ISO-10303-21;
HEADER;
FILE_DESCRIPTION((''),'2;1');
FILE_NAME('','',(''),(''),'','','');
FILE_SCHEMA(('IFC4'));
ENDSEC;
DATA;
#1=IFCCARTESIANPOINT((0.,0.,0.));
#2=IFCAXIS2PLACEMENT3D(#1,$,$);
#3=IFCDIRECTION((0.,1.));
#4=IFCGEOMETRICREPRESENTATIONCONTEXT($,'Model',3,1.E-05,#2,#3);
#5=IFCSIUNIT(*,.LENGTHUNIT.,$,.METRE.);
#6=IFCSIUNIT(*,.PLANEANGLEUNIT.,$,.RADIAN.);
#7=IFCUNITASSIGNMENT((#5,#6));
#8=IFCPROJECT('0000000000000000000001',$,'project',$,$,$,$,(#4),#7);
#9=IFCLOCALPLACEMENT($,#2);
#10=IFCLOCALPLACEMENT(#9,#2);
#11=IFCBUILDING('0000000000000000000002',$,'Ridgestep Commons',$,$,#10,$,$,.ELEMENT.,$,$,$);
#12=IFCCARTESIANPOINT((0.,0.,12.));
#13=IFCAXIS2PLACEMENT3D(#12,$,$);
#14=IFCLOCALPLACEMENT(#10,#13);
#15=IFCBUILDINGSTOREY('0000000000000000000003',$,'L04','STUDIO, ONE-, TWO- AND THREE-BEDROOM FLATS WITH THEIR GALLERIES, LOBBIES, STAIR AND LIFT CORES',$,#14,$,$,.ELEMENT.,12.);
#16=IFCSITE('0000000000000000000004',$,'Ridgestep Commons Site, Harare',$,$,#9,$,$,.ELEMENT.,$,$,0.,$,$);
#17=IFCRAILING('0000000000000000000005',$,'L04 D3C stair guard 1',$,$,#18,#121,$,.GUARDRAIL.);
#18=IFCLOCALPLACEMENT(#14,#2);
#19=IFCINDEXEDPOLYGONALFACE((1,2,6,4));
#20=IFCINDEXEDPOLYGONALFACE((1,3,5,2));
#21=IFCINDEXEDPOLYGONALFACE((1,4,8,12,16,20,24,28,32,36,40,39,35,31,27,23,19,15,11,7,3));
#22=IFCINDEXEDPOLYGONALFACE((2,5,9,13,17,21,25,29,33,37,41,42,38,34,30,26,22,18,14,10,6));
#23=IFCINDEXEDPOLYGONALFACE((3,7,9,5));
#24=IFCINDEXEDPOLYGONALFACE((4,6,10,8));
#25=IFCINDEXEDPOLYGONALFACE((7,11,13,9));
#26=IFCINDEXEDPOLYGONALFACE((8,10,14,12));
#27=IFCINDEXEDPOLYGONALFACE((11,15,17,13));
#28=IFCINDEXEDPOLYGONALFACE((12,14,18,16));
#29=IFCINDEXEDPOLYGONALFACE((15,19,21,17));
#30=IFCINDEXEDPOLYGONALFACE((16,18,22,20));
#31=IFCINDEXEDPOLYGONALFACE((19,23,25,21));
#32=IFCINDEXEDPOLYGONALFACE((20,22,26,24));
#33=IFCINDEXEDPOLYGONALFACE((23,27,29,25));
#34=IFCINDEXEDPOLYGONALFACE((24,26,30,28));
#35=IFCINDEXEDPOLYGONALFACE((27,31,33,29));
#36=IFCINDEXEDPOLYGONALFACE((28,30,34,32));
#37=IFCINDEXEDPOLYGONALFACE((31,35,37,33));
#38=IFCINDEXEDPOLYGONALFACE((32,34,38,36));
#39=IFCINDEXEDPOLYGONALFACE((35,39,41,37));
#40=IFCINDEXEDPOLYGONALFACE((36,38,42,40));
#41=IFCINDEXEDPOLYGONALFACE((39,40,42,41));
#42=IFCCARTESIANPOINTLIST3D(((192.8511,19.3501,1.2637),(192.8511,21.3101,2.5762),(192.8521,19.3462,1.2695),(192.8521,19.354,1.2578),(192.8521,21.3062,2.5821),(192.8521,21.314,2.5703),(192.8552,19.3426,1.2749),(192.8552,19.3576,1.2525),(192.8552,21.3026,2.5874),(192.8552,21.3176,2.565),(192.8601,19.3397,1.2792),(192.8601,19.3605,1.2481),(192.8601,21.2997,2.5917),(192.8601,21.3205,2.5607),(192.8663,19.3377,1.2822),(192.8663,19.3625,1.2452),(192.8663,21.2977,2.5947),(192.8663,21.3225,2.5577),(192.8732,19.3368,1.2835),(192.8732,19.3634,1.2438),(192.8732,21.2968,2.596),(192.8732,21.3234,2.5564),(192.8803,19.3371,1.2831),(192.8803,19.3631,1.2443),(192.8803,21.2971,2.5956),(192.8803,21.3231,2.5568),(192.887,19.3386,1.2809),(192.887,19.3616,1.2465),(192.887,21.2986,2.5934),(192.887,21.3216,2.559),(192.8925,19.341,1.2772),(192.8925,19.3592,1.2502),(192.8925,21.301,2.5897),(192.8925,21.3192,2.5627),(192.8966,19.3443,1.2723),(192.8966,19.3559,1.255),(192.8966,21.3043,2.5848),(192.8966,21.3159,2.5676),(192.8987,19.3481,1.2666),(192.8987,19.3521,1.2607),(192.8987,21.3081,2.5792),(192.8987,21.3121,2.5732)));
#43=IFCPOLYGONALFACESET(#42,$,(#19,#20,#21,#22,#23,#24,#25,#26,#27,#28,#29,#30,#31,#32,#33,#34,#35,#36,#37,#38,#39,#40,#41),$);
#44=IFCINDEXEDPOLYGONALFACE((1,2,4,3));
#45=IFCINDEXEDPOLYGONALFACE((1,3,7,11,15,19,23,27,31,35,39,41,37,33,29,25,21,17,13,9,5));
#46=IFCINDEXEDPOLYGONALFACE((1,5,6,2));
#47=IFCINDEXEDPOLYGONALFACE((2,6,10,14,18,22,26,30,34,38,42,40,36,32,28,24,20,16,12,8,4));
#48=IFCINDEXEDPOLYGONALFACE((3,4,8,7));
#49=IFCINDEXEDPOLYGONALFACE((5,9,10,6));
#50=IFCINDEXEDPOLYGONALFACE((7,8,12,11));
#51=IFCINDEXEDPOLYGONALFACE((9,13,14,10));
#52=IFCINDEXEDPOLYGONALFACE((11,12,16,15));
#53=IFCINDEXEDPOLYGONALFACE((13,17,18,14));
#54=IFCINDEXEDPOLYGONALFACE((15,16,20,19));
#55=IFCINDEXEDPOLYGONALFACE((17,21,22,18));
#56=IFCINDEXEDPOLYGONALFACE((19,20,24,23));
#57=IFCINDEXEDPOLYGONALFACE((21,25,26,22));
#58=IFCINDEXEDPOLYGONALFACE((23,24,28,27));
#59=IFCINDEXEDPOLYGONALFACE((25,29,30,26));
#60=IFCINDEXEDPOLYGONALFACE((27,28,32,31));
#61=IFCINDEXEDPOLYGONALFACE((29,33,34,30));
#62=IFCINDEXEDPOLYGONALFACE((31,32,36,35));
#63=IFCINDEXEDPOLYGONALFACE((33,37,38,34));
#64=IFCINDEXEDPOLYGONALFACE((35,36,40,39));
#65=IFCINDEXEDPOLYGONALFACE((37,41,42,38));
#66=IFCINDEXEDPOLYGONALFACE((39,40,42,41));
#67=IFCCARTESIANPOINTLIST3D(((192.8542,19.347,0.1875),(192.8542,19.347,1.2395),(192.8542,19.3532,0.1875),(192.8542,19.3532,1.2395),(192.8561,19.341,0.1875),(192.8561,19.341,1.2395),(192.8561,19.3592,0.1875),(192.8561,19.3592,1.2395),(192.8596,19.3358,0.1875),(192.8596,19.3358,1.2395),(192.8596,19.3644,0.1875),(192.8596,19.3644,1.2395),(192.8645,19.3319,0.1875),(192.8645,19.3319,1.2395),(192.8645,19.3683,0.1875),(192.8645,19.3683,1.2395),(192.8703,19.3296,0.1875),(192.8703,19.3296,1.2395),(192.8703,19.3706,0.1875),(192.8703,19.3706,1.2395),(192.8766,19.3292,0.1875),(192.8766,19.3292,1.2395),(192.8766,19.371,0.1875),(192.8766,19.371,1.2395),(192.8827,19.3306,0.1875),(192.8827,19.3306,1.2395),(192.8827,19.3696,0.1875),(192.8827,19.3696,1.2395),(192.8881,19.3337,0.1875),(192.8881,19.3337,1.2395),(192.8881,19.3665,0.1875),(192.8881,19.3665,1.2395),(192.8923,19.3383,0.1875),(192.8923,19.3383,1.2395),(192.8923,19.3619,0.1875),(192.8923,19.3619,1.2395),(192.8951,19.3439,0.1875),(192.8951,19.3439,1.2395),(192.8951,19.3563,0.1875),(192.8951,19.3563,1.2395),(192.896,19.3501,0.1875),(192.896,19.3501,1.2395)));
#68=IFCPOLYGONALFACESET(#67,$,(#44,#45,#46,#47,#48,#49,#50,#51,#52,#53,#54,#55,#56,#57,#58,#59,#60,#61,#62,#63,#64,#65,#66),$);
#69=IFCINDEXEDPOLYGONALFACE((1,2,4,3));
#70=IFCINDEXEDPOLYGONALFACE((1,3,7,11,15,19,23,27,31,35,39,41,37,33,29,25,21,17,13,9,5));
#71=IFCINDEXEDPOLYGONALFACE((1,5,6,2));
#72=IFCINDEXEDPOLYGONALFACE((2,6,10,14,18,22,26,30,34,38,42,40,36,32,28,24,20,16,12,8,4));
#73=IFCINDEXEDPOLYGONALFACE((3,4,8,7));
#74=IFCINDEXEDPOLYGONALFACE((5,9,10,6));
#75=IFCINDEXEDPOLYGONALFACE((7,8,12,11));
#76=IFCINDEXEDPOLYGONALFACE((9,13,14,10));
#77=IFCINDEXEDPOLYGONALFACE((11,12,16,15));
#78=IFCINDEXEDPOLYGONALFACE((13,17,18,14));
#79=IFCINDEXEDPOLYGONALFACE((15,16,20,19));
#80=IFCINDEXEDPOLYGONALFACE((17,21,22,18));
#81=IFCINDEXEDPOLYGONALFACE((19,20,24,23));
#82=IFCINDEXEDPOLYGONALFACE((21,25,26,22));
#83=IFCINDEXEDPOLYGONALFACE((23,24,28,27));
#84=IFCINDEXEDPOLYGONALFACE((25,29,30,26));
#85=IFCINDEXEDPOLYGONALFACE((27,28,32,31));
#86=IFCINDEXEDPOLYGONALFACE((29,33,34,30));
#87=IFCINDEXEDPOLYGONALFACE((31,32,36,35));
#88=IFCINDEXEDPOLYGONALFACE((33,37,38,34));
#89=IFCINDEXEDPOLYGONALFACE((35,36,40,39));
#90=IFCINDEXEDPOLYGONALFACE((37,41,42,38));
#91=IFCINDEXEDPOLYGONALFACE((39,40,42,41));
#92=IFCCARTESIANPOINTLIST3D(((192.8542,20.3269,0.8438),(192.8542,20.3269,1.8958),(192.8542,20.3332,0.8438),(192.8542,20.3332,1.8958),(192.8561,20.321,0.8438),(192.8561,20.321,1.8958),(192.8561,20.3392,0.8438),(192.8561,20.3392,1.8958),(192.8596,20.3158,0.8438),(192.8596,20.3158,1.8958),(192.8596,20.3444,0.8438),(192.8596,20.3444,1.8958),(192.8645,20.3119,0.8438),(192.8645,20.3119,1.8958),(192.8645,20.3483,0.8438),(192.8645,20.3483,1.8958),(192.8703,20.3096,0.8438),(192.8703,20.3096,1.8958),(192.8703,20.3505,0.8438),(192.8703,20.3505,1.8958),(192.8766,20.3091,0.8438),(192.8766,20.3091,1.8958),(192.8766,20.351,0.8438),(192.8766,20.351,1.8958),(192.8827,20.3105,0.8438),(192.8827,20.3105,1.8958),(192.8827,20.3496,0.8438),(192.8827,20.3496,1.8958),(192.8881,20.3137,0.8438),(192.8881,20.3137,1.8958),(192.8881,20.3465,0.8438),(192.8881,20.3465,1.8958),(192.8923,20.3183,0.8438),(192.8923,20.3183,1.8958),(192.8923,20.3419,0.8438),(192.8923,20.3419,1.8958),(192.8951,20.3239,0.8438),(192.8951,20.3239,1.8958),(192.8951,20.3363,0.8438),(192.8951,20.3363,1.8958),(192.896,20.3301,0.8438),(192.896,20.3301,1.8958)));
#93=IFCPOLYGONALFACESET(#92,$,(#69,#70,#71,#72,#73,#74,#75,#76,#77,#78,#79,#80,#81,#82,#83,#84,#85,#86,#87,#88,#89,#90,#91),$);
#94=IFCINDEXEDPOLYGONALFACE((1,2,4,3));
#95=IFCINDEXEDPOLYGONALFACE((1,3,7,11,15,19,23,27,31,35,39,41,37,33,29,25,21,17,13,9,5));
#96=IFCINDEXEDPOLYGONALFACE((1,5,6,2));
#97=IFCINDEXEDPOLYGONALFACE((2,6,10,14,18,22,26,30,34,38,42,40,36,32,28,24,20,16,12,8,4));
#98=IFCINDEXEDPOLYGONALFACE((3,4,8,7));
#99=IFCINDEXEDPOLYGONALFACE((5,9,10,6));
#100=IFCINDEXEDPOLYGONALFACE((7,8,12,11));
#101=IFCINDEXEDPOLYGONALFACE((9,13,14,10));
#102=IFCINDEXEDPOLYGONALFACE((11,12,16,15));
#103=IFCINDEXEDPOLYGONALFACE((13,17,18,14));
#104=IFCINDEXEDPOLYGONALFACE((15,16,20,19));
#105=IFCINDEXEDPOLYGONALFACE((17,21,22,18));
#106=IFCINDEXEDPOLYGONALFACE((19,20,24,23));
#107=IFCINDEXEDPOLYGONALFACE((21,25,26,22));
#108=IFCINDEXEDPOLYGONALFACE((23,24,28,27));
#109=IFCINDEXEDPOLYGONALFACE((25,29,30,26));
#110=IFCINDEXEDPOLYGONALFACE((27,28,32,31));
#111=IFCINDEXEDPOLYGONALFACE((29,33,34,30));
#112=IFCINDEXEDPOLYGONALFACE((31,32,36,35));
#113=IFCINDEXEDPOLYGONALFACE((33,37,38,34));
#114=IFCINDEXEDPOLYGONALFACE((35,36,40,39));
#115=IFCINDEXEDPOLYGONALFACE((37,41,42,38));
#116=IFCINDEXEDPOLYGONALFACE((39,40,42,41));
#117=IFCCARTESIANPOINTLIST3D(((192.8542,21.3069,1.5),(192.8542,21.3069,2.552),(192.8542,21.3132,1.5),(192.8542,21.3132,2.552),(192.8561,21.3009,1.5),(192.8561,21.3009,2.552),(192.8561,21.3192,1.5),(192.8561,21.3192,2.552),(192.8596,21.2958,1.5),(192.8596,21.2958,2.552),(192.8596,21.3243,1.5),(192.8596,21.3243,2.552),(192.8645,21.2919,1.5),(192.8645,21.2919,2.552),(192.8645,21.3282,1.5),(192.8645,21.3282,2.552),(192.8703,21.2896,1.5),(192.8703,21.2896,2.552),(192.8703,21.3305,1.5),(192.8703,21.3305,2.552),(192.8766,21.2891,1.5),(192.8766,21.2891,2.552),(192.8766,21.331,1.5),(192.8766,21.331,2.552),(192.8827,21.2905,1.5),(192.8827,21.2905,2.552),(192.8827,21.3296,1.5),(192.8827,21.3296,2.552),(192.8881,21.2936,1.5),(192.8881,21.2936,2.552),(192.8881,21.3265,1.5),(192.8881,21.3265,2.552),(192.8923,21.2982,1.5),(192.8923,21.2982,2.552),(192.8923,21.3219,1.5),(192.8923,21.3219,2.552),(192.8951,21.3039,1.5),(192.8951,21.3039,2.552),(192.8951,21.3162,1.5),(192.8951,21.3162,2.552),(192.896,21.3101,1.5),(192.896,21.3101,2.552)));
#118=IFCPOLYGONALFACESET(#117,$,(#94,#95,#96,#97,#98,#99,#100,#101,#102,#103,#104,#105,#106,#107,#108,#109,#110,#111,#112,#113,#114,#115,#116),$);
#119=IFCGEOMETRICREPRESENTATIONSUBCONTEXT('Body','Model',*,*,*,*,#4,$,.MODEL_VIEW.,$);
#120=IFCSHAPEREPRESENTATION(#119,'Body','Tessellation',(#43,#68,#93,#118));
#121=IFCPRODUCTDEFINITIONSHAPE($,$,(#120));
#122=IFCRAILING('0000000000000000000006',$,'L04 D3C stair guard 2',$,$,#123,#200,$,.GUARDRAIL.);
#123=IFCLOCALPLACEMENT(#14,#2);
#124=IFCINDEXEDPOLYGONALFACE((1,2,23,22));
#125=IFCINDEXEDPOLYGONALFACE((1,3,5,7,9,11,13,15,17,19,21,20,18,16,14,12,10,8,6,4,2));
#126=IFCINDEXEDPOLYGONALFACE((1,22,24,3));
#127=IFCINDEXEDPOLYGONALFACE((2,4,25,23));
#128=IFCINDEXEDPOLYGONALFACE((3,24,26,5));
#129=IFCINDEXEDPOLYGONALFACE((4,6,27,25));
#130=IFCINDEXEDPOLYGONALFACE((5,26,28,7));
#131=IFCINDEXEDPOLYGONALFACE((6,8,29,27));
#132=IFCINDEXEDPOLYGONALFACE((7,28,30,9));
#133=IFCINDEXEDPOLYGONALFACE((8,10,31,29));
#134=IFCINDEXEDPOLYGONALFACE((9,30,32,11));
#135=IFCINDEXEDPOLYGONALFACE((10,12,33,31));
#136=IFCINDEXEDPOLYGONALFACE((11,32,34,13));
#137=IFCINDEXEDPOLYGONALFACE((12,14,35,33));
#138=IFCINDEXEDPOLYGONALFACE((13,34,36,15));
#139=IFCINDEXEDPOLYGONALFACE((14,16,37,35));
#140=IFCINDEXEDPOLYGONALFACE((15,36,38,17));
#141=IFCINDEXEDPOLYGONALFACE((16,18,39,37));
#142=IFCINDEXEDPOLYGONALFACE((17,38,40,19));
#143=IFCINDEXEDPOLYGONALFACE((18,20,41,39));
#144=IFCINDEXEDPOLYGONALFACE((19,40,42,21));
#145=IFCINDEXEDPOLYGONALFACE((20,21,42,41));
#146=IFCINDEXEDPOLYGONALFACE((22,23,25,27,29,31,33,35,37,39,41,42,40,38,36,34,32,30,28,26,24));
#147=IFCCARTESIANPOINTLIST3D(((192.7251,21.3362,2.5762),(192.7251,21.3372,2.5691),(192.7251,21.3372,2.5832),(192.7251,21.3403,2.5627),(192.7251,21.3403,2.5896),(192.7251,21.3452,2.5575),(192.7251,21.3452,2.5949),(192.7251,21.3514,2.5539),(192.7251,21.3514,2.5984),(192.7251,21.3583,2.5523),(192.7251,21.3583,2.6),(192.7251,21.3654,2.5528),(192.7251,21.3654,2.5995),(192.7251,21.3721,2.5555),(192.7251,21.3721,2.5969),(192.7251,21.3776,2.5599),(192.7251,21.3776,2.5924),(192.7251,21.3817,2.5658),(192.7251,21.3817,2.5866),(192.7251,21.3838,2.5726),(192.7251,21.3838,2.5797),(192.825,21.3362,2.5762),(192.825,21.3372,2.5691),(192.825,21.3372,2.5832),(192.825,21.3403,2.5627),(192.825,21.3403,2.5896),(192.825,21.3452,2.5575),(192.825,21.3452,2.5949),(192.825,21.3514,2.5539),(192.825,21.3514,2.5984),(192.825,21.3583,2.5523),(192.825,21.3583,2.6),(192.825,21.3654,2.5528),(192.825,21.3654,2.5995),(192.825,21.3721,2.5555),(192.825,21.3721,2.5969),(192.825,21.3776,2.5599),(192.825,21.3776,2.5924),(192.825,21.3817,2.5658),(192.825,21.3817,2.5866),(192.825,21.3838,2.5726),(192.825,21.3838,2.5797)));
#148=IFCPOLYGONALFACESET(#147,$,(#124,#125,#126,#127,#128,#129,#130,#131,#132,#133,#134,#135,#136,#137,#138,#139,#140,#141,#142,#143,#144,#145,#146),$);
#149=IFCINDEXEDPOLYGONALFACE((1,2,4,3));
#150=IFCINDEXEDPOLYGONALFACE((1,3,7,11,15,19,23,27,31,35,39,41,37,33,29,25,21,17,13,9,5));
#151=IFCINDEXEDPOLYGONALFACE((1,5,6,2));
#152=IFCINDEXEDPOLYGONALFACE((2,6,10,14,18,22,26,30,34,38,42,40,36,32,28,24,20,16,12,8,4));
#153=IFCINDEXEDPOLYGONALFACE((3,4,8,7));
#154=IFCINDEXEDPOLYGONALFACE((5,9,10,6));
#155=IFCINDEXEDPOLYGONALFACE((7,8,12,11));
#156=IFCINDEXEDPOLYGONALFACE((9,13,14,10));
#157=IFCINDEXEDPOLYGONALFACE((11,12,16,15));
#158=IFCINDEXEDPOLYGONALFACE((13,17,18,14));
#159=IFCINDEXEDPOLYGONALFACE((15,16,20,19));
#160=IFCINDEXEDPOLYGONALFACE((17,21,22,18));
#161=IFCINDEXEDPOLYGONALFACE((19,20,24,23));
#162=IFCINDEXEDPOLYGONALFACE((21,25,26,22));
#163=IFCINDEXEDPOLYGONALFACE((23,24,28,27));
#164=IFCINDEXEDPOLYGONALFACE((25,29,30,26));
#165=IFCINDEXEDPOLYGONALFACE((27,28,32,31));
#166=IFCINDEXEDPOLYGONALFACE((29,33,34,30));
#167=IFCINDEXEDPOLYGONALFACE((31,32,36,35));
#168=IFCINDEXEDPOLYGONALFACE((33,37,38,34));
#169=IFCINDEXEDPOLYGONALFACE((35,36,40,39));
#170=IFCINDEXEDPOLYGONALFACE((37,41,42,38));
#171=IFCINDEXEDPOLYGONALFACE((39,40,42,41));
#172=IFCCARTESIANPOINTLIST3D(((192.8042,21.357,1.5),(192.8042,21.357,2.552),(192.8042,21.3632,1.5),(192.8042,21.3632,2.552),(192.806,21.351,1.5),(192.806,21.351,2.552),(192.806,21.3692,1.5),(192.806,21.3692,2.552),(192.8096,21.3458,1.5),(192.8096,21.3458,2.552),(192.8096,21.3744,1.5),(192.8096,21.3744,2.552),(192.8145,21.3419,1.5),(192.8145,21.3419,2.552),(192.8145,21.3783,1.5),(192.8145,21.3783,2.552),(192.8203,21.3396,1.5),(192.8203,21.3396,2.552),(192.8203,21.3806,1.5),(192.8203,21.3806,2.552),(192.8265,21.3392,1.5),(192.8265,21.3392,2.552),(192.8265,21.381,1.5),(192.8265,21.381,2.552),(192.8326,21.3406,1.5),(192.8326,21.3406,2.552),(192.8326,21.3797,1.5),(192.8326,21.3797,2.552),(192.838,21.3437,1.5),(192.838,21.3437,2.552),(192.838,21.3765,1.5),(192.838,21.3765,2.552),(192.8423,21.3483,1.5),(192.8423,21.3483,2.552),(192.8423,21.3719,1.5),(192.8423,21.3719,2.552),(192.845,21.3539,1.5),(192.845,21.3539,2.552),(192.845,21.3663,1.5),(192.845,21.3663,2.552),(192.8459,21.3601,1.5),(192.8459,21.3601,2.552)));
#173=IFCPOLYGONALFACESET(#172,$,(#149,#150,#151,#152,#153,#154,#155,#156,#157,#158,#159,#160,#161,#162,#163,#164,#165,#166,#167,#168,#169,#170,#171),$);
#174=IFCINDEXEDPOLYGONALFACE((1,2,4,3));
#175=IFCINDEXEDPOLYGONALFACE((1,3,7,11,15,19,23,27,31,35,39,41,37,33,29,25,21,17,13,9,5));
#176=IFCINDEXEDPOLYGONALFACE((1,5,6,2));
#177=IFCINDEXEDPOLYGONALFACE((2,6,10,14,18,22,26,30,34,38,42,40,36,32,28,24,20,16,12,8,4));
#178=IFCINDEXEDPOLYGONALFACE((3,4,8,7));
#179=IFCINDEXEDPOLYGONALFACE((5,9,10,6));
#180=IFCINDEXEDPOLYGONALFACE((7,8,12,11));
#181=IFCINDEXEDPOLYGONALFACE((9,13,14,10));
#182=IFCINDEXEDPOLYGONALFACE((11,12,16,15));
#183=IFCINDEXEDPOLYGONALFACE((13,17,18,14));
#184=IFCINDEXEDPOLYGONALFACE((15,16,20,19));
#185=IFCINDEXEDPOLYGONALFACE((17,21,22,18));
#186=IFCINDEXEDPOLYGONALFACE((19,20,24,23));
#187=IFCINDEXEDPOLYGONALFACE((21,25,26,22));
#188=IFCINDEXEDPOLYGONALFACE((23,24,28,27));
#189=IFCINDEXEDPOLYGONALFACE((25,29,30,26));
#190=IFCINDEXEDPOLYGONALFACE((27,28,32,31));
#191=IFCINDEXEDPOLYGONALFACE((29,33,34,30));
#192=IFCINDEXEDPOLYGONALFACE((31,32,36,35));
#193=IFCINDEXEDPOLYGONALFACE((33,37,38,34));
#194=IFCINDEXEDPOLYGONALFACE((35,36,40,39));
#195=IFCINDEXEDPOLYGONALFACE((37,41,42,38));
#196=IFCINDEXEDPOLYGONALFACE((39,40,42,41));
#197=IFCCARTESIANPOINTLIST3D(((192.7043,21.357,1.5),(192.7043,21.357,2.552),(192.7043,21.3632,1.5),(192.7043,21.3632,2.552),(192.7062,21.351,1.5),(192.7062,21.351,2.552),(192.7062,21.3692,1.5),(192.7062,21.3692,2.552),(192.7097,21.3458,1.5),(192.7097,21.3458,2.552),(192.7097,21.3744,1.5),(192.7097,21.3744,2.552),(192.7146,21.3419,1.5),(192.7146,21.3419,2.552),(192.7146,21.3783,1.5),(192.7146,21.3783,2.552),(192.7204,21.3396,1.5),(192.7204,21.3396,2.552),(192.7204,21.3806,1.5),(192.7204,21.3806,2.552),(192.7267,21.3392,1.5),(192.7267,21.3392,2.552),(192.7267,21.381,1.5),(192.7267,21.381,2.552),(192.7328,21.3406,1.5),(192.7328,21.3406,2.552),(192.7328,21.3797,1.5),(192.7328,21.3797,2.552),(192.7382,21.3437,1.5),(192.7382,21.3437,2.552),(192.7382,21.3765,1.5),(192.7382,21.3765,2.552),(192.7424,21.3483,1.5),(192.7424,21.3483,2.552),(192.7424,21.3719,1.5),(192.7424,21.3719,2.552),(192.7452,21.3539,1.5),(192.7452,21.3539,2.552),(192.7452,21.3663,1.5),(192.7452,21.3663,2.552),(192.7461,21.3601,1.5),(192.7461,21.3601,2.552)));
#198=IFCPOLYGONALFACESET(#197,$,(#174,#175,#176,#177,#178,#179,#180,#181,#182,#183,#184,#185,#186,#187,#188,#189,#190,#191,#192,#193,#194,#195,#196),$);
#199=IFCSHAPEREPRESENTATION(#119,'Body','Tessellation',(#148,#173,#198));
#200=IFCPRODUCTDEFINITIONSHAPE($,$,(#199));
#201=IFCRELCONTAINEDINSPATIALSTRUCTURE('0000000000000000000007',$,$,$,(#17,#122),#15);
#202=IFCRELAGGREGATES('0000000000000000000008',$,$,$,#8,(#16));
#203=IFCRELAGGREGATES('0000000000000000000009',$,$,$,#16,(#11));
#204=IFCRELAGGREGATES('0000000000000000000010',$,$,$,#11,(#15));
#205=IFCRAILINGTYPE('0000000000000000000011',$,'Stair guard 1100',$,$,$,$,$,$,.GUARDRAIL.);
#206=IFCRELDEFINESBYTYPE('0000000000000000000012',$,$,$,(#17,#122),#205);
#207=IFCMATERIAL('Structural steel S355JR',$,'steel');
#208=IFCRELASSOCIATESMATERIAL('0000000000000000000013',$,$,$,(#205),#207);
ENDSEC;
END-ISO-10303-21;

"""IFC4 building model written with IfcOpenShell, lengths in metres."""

from ifc_helpers import new_model, si_unit, direction, frame, origin, origin_2d, place, context, subcontext, project, spatial, circle, extrude, material, type_object, element, save


model = new_model("IFC4")

# Units and contexts
model_context = context("Model", 3, precision=1e-05, world=origin(), true_north=direction((0.0, 1.0)))
body_context = subcontext(model_context, "Body", "Model", "MODEL_VIEW")
ifc_project = project(units=[si_unit("LENGTHUNIT", "METRE"), si_unit("PLANEANGLEUNIT", "RADIAN")], contexts=[model_context])

# Site, building, storey
site_placement = place(None, origin())
site = spatial("IfcSite", under=ifc_project, at=site_placement, Name="Ridgestep Commons Site, Harare", CompositionType="ELEMENT", RefElevation=0.0)
building_placement = place(site_placement, origin())
building = spatial("IfcBuilding", under=site, at=building_placement, Name="Ridgestep Commons", CompositionType="ELEMENT")
storey_placement = place(building_placement, frame((0.0, 0.0, 12.0)))
storey = spatial("IfcBuildingStorey", under=building, at=storey_placement, Name="L04", Description="STUDIO, ONE-, TWO- AND THREE-BEDROOM FLATS WITH THEIR GALLERIES, LOBBIES, STAIR AND LIFT CORES", CompositionType="ELEMENT", Elevation=12.0)

# Railings
ifc_material_1 = material(Name="Structural steel S355JR", Category="steel")
railing_type_1 = type_object("IfcRailingType", Name="Stair guard 1100", PredefinedType="GUARDRAIL", material=ifc_material_1)
railing_1_placement = place(storey_placement, frame((192.875, 19.3501, 0.1875)))
element("IfcRailing", 1, at=railing_1_placement, inside=storey, type_object=railing_type_1, Name="L04 D3C stair guard 1", PredefinedType="GUARDRAIL", context=body_context, shape_type="SweptSolid", body=[
    extrude(circle(Radius=0.0239, at=origin_2d()), frame((0.0, 0.0, 1.0762), z_axis=(0.0, 0.830902, 0.556419), x_axis=(-1.0, 0.0, 0.0)), (0.0, 0.0, 1.0), 2.3589),
    extrude(circle(Radius=0.021, at=origin_2d()), origin(), (0.0, 0.0, 1.0), 1.052),
    extrude(circle(Radius=0.021, at=origin_2d()), frame((0.0, 0.98, 0.6562)), (0.0, 0.0, 1.0), 1.052),
    extrude(circle(Radius=0.021, at=origin_2d()), frame((0.0, 1.96, 1.3125)), (0.0, 0.0, 1.0), 1.052),
])
railing_2_placement = place(storey_placement, frame((192.825, 21.3601, 1.5)))
element("IfcRailing", 2, at=railing_2_placement, inside=storey, type_object=railing_type_1, Name="L04 D3C stair guard 2", PredefinedType="GUARDRAIL", context=body_context, shape_type="SweptSolid", body=[
    extrude(circle(Radius=0.0239, at=origin_2d()), frame((0.0, 0.0, 1.0762), z_axis=(-1.0, 0.0, 0.0), x_axis=(0.0, -1.0, 0.0)), (0.0, 0.0, 1.0), 0.0999),
    extrude(circle(Radius=0.021, at=origin_2d()), origin(), (0.0, 0.0, 1.0), 1.052),
    extrude(circle(Radius=0.021, at=origin_2d()), frame((-0.0999, 0.0, 0.0)), (0.0, 0.0, 1.0), 1.052),
])

save(model, "model.ifc")
